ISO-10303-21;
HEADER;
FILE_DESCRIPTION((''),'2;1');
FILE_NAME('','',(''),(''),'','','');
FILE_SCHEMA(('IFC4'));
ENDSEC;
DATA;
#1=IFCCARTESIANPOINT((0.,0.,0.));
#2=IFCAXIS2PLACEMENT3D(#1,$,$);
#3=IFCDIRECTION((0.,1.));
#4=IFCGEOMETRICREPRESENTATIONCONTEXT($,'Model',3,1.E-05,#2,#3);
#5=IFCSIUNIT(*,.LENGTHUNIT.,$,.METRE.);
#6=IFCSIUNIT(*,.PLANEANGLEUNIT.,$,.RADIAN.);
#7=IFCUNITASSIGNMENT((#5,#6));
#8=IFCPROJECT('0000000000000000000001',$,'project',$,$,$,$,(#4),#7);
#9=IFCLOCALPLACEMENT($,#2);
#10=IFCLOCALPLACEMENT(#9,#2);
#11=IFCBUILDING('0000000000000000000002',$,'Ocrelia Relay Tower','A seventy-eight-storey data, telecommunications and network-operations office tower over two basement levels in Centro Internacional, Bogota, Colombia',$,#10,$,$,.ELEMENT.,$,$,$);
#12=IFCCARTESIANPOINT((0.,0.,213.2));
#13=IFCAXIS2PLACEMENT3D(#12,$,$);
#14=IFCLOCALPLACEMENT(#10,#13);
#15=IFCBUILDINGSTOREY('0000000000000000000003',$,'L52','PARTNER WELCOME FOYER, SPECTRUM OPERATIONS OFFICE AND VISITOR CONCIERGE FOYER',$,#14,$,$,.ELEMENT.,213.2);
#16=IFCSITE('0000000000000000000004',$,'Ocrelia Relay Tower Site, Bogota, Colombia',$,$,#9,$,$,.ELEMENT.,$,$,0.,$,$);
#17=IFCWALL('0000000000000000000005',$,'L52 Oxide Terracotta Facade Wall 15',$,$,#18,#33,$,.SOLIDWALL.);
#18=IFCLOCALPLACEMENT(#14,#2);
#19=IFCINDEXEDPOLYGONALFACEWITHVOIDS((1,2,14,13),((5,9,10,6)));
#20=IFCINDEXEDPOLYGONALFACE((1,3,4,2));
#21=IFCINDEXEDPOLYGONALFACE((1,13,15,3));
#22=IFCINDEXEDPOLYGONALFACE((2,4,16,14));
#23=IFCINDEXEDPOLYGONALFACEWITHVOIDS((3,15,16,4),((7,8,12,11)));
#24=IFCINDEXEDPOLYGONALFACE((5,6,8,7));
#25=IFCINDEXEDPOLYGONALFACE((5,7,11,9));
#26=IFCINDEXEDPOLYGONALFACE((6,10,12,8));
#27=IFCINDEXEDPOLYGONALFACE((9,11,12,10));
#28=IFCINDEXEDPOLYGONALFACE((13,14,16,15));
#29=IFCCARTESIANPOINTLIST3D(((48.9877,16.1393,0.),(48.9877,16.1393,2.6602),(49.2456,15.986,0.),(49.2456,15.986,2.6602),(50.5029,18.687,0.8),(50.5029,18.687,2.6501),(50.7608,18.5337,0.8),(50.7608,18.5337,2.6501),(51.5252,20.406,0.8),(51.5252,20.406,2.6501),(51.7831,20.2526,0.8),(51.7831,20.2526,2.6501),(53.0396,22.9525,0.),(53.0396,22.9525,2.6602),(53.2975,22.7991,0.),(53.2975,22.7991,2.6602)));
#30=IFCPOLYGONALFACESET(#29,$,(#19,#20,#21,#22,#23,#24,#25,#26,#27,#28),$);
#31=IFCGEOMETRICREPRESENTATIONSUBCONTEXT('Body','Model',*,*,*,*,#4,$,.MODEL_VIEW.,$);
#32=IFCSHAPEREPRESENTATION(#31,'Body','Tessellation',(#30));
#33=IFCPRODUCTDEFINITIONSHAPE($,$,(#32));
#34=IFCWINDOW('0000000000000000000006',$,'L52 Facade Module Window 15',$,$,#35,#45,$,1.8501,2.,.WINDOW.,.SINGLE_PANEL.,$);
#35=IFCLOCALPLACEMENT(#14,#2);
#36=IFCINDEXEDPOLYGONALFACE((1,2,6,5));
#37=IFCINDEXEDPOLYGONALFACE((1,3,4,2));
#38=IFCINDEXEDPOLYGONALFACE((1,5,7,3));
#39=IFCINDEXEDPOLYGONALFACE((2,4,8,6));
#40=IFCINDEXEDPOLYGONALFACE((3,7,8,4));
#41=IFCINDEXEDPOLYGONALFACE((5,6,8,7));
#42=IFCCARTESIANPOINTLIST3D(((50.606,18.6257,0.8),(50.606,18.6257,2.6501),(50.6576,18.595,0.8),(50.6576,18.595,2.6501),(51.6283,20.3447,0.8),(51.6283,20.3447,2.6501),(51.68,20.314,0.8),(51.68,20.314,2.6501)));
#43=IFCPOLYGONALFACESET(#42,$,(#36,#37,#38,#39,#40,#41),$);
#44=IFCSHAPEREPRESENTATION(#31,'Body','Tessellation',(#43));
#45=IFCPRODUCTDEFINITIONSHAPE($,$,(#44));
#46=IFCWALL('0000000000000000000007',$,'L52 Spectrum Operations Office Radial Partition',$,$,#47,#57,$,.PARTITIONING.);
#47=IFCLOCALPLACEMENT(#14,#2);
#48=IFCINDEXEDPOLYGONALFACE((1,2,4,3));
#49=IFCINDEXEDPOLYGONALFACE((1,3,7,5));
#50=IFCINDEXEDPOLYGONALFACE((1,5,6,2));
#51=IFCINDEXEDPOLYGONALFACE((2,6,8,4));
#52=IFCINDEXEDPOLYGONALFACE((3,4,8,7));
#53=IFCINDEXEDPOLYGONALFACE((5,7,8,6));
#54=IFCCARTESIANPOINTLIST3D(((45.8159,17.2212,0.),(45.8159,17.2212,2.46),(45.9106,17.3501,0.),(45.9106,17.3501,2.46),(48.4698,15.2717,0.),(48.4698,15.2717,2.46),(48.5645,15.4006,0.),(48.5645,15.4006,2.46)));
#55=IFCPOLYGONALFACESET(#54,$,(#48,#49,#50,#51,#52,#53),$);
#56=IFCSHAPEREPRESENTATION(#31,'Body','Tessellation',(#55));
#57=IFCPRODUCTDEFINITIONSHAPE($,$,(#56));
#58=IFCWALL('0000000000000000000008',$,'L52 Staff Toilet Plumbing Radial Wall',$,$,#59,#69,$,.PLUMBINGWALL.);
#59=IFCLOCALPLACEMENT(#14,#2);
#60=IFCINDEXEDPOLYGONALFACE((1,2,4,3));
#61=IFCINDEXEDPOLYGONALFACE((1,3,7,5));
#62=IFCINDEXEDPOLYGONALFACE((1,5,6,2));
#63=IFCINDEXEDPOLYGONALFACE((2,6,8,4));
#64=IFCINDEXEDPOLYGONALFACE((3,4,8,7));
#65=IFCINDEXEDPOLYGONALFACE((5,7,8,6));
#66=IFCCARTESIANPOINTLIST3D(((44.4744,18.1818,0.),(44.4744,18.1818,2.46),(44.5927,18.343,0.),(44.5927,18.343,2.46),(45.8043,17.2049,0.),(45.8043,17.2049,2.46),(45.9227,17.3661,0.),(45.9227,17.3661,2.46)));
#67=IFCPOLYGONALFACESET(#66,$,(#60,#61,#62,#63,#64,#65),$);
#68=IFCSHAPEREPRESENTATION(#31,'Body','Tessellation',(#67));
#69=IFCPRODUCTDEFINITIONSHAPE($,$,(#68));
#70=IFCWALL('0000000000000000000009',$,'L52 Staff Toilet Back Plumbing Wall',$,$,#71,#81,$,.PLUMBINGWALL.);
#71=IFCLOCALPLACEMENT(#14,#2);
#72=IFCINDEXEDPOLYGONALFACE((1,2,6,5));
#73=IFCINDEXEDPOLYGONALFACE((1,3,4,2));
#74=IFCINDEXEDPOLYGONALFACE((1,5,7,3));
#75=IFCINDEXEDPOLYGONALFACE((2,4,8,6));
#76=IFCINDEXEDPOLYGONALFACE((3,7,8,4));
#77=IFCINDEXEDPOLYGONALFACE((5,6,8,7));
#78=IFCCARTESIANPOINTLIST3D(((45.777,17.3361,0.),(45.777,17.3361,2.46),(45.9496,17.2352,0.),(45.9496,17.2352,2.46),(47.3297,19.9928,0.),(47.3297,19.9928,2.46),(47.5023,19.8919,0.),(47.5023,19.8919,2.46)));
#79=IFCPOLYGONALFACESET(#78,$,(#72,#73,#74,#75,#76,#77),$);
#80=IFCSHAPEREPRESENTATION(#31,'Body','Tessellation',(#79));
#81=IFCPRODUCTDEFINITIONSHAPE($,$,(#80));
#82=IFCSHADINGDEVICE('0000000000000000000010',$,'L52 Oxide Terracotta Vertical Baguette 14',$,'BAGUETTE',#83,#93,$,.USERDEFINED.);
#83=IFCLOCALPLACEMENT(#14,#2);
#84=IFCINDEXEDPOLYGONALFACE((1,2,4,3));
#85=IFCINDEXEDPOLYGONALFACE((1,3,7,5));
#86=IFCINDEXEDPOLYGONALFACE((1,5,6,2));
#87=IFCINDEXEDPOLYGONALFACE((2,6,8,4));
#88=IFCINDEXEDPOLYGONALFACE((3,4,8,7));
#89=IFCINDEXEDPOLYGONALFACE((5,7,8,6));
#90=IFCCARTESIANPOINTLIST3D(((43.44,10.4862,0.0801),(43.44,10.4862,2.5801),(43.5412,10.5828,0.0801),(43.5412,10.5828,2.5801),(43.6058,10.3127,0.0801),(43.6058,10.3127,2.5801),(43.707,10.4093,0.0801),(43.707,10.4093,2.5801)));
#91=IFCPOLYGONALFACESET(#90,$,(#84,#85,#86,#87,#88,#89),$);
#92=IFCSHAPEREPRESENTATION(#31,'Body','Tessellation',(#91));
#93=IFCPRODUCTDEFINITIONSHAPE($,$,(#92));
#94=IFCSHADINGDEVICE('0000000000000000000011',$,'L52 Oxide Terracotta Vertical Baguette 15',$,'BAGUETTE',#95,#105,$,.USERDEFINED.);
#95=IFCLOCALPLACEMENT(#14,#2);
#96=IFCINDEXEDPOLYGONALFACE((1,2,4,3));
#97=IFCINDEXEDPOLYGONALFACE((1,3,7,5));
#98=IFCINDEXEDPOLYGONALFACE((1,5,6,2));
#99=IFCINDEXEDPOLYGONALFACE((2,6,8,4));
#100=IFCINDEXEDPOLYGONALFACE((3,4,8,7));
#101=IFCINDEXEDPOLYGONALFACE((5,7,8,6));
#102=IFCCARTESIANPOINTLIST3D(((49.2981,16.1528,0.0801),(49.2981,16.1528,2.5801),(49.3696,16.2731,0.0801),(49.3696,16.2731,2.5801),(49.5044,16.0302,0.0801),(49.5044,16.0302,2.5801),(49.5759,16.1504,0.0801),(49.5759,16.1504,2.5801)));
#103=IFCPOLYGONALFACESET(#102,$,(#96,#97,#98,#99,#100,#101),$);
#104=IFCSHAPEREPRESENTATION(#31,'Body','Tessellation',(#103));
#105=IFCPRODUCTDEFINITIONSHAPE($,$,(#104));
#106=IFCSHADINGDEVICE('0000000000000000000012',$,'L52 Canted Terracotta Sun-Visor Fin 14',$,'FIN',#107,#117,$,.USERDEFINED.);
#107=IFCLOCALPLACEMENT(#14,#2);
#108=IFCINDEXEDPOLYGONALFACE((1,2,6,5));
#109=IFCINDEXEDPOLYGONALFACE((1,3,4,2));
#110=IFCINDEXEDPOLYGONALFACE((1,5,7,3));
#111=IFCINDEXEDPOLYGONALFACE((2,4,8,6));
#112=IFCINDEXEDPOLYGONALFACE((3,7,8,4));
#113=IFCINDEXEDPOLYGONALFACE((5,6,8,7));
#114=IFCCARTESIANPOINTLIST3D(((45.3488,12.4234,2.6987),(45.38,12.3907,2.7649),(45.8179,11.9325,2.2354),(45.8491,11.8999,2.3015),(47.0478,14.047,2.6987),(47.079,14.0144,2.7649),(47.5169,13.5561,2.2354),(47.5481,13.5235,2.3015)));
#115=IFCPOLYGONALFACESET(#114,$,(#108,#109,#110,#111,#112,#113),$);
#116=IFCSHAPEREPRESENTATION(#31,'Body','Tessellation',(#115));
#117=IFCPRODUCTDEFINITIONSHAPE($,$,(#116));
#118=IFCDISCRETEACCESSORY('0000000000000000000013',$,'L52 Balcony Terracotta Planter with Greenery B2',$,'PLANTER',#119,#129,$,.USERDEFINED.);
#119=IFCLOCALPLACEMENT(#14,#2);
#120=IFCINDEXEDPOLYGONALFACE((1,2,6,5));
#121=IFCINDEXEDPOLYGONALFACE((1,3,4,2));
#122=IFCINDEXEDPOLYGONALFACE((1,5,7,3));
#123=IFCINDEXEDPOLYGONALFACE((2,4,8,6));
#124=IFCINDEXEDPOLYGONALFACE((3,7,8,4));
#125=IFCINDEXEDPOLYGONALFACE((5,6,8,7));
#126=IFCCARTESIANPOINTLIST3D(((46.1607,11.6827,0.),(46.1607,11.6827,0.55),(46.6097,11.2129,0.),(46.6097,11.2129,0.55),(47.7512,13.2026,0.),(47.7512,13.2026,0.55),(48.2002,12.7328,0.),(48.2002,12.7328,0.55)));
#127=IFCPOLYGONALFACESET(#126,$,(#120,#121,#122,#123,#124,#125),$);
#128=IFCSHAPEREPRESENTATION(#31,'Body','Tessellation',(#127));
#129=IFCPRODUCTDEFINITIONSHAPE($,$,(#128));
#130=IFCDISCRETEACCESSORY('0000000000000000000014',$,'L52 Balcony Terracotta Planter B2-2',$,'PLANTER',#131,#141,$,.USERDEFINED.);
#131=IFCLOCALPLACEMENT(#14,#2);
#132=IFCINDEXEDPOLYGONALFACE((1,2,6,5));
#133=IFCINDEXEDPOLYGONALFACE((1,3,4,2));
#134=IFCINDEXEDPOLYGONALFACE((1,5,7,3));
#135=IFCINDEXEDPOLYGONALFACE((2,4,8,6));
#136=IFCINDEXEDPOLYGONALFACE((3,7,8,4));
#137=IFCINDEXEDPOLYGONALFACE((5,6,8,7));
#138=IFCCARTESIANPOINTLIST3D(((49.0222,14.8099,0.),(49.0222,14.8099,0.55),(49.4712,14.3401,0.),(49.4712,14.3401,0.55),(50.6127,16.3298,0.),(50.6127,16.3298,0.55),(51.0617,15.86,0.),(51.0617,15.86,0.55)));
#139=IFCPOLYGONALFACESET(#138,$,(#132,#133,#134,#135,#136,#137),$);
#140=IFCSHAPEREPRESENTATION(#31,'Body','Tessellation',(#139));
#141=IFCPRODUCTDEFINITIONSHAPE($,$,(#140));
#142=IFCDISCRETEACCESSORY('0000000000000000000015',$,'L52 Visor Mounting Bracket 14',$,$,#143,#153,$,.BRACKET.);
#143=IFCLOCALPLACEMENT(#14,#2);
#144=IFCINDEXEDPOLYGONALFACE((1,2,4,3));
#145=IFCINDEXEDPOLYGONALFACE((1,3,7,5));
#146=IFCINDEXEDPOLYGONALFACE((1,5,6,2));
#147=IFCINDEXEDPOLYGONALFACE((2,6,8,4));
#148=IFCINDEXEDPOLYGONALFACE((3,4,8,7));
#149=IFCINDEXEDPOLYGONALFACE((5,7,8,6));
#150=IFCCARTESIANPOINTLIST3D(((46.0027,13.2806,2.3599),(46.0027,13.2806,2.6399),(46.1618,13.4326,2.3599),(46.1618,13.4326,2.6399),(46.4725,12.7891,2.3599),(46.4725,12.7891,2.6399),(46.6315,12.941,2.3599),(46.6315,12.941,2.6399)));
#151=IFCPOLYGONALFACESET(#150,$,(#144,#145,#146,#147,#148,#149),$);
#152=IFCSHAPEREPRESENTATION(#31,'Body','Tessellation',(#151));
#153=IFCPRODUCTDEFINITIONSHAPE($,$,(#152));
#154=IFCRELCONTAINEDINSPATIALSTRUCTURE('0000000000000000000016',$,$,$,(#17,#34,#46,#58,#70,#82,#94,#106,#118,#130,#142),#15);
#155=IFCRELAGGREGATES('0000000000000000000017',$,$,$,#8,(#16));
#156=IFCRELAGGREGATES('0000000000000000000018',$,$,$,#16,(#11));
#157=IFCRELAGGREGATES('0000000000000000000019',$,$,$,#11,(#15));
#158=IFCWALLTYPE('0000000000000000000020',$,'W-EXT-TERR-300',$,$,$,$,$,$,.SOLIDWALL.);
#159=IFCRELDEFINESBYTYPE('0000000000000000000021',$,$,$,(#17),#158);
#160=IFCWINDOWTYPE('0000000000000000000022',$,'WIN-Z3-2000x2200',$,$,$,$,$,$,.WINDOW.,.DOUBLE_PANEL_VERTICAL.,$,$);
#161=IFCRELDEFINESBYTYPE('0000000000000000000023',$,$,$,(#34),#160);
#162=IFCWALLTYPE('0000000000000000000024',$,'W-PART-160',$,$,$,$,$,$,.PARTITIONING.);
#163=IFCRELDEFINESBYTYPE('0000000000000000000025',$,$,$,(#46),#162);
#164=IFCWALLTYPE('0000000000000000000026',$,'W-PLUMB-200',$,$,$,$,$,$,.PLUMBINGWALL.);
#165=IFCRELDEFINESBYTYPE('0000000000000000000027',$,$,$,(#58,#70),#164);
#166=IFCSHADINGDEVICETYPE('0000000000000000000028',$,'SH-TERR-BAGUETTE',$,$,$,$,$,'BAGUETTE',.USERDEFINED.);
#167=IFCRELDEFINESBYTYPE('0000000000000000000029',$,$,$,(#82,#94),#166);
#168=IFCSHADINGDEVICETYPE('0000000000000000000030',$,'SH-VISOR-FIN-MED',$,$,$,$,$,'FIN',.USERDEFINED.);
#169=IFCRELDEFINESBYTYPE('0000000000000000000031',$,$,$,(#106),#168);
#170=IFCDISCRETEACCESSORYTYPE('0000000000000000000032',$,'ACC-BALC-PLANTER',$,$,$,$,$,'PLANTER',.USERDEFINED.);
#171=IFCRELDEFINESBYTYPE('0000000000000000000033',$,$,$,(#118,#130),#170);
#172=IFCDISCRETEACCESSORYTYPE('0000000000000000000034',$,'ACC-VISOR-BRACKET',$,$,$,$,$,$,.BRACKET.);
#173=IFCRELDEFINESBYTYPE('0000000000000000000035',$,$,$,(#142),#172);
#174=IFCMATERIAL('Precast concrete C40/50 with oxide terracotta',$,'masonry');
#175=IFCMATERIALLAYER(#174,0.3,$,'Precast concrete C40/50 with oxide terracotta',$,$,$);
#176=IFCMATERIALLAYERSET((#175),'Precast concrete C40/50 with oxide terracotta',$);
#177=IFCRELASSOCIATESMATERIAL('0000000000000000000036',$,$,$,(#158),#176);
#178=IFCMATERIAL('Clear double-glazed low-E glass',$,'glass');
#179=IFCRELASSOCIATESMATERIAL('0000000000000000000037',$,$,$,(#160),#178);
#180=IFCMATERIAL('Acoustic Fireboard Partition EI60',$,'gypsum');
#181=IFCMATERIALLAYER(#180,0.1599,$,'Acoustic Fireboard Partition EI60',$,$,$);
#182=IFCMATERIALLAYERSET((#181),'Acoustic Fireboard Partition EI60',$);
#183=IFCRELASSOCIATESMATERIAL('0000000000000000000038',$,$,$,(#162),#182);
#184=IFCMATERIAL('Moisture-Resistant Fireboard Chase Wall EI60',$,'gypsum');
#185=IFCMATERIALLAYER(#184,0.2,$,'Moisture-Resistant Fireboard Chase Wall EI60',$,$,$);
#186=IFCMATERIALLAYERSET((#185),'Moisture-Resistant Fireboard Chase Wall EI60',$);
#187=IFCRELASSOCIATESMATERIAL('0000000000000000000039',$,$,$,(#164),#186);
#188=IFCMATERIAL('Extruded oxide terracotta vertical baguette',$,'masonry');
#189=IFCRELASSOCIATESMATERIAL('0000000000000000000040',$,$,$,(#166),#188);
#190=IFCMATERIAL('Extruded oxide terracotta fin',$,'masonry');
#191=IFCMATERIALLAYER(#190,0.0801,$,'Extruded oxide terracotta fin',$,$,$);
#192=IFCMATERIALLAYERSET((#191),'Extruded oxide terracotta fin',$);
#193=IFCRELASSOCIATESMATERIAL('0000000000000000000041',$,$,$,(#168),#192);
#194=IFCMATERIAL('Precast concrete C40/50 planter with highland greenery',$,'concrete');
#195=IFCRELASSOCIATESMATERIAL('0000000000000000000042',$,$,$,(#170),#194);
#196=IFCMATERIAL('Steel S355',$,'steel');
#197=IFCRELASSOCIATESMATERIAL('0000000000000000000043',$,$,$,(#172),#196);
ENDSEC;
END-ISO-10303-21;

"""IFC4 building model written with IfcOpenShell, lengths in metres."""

from ifc_helpers import new_model, si_unit, direction, frame, frame_2d, origin, origin_2d, place, context, subcontext, project, spatial, rectangle, extrude, material, layer, layer_set, type_object, element, fill, save


model = new_model("IFC4")

# Units and contexts
model_context = context("Model", 3, precision=1e-05, world=origin(), true_north=direction((0.0, 1.0)))
body_context = subcontext(model_context, "Body", "Model", "MODEL_VIEW")
ifc_project = project(units=[si_unit("LENGTHUNIT", "METRE"), si_unit("PLANEANGLEUNIT", "RADIAN")], contexts=[model_context])

# Site, building, storey
site_placement = place(None, origin())
site = spatial("IfcSite", under=ifc_project, at=site_placement, Name="Ocrelia Relay Tower Site, Bogota, Colombia", CompositionType="ELEMENT", RefElevation=0.0)
building_placement = place(site_placement, origin())
building = spatial("IfcBuilding", under=site, at=building_placement, Name="Ocrelia Relay Tower", Description="A seventy-eight-storey data, telecommunications and network-operations office tower over two basement levels in Centro Internacional, Bogota, Colombia", CompositionType="ELEMENT")
storey_placement = place(building_placement, frame((0.0, 0.0, 213.2)))
storey = spatial("IfcBuildingStorey", under=building, at=storey_placement, Name="L52", Description="PARTNER WELCOME FOYER, SPECTRUM OPERATIONS OFFICE AND VISITOR CONCIERGE FOYER", CompositionType="ELEMENT", Elevation=213.2)

# Shared definitions
ifc_material_1 = material(Name="Steel S355", Category="steel")

# Wall, opening, window
ifc_material_2 = material(Name="Precast concrete C40/50 with oxide terracotta", Category="masonry")
ifc_layer_1 = layer(ifc_material_2, 0.3, Name="Precast concrete C40/50 with oxide terracotta")
ifc_layer_set_1 = layer_set([ifc_layer_1], Name="Precast concrete C40/50 with oxide terracotta")
wall_type_1 = type_object("IfcWallType", Name="W-EXT-TERR-300", PredefinedType="SOLIDWALL", material=ifc_layer_set_1)
wall_1_placement = place(storey_placement, frame((49.1167, 16.0627, 0.0), z_axis=(0.0, 0.0, 1.0), x_axis=(0.511158, 0.859487, 0.0)))
wall_1 = element("IfcWall", 1, at=wall_1_placement, inside=storey, type_object=wall_type_1, Name="L52 Oxide Terracotta Facade Wall 15", PredefinedType="SOLIDWALL", context=body_context, shape_type="SweptSolid", body=[
    extrude(rectangle(XDim=7.927, YDim=0.3, at=frame_2d((3.9634, 0.0))), origin(), (0.0, 0.0, 1.0), 2.6602),
])
opening_1_placement = place(wall_1_placement, frame((2.9641, 0.0, 0.8)))
opening_1 = element("IfcOpeningElement", 2, at=opening_1_placement, cuts=wall_1, PredefinedType="OPENING", context=body_context, shape_type="SweptSolid", body=[
    extrude(rectangle(XDim=2.0, YDim=1.8501, at=frame_2d((1.0, 0.925))), frame((0.0, 0.1602, 0.0), z_axis=(0.0, -1.0, 0.0), x_axis=(1.0, 0.0, 0.0)), (0.0, 0.0, 1.0), 0.3201),
])
ifc_material_3 = material(Name="Clear double-glazed low-E glass", Category="glass")
window_type = type_object("IfcWindowType", Name="WIN-Z3-2000x2200", PartitioningType="DOUBLE_PANEL_VERTICAL", PredefinedType="WINDOW", material=ifc_material_3)
window_placement = place(opening_1_placement, origin())
window = element("IfcWindow", 3, at=window_placement, inside=storey, type_object=window_type, Name="L52 Facade Module Window 15", OverallHeight=1.8501, OverallWidth=2.0, PartitioningType="SINGLE_PANEL", PredefinedType="WINDOW", context=body_context, shape_type="SweptSolid", body=[
    extrude(rectangle(XDim=2.0, YDim=1.8501, at=frame_2d((1.0, 0.925))), frame((0.0, 0.03, 0.0), z_axis=(0.0, -1.0, 0.0), x_axis=(1.0, 0.0, 0.0)), (0.0, 0.0, 1.0), 0.0601),
])
fill(opening_1, window)

# Walls
ifc_material_4 = material(Name="Acoustic Fireboard Partition EI60", Category="gypsum")
ifc_layer_2 = layer(ifc_material_4, 0.1599, Name="Acoustic Fireboard Partition EI60")
ifc_layer_set_2 = layer_set([ifc_layer_2], Name="Acoustic Fireboard Partition EI60")
wall_type_2 = type_object("IfcWallType", Name="W-PART-160", PredefinedType="PARTITIONING", material=ifc_layer_set_2)
wall_2_placement = place(storey_placement, frame((45.8633, 17.2856, 0.0), z_axis=(0.0, 0.0, 1.0), x_axis=(0.805922, -0.592022, 0.0)))
element("IfcWall", 4, at=wall_2_placement, inside=storey, type_object=wall_type_2, Name="L52 Spectrum Operations Office Radial Partition", PredefinedType="PARTITIONING", context=body_context, shape_type="SweptSolid", body=[
    extrude(rectangle(XDim=3.293, YDim=0.1599, at=frame_2d((1.6465, 0.0))), origin(), (0.0, 0.0, 1.0), 2.46),
])
ifc_material_5 = material(Name="Moisture-Resistant Fireboard Chase Wall EI60", Category="gypsum")
ifc_layer_3 = layer(ifc_material_5, 0.2, Name="Moisture-Resistant Fireboard Chase Wall EI60")
ifc_layer_set_3 = layer_set([ifc_layer_3], Name="Moisture-Resistant Fireboard Chase Wall EI60")
wall_type_3 = type_object("IfcWallType", Name="W-PLUMB-200", PredefinedType="PLUMBINGWALL", material=ifc_layer_set_3)
wall_3_placement = place(storey_placement, frame((44.5334, 18.2625, 0.0), z_axis=(0.0, 0.0, 1.0), x_axis=(0.805944, -0.591992, 0.0)))
element("IfcWall", 5, at=wall_3_placement, inside=storey, type_object=wall_type_3, Name="L52 Staff Toilet Plumbing Radial Wall", PredefinedType="PLUMBINGWALL", context=body_context, shape_type="SweptSolid", body=[
    extrude(rectangle(XDim=1.6501, YDim=0.2, at=frame_2d((0.8252, 0.0))), origin(), (0.0, 0.0, 1.0), 2.46),
])
wall_4_placement = place(storey_placement, frame((45.8633, 17.2856, 0.0), z_axis=(0.0, 0.0, 1.0), x_axis=(0.504591, 0.863358, 0.0)))
element("IfcWall", 6, at=wall_4_placement, inside=storey, type_object=wall_type_3, Name="L52 Staff Toilet Back Plumbing Wall", PredefinedType="PLUMBINGWALL", context=body_context, shape_type="SweptSolid", body=[
    extrude(rectangle(XDim=3.0771, YDim=0.2, at=frame_2d((1.5386, 0.0))), origin(), (0.0, 0.0, 1.0), 2.46),
])

# Shading devices
ifc_material_6 = material(Name="Extruded oxide terracotta vertical baguette", Category="masonry")
shading_device_type_1 = type_object("IfcShadingDeviceType", Name="SH-TERR-BAGUETTE", ElementType="BAGUETTE", PredefinedType="USERDEFINED", material=ifc_material_6)
for number, where, z_axis, x_axis, name in (
    (7, (43.5735, 10.4478, 0.0801), (0.0, 0.0, 1.0), (0.72297, 0.690879, 0.0), "L52 Oxide Terracotta Vertical Baguette 14"),
    (8, (49.437, 16.1516, 0.0801), (0.0, 0.0, 1.0), (0.511169, 0.85948, 0.0), "L52 Oxide Terracotta Vertical Baguette 15"),
):
    element("IfcShadingDevice", number, at=place(storey_placement, frame(where, z_axis=z_axis, x_axis=x_axis)), inside=storey, type_object=shading_device_type_1, Name=name, ObjectType="BAGUETTE", PredefinedType="USERDEFINED", context=body_context, shape_type="SweptSolid", body=[
        extrude(rectangle(XDim=0.1399, YDim=0.24, at=origin_2d()), origin(), (0.0, 0.0, 1.0), 2.5),
    ])
ifc_material_7 = material(Name="Extruded oxide terracotta fin", Category="masonry")
ifc_layer_4 = layer(ifc_material_7, 0.0801, Name="Extruded oxide terracotta fin")
ifc_layer_set_4 = layer_set([ifc_layer_4], Name="Extruded oxide terracotta fin")
shading_device_type_2 = type_object("IfcShadingDeviceType", Name="SH-VISOR-FIN-MED", ElementType="FIN", PredefinedType="USERDEFINED", material=ifc_layer_set_4)
shading_device_placement = place(storey_placement, frame((46.4329, 12.9897, 2.467), z_axis=(0.389428, -0.407517, 0.826), x_axis=(0.72297, 0.690879, 0.0)))
element("IfcShadingDevice", 9, at=shading_device_placement, inside=storey, type_object=shading_device_type_2, Name="L52 Canted Terracotta Sun-Visor Fin 14", ObjectType="FIN", PredefinedType="USERDEFINED", context=body_context, shape_type="SweptSolid", body=[
    extrude(rectangle(XDim=2.3501, YDim=0.822, at=origin_2d()), origin(), (0.0, 0.0, 1.0), 0.0801),
])

# Discrete accessories
ifc_material_8 = material(Name="Precast concrete C40/50 planter with highland greenery", Category="concrete")
discrete_accessory_type_1 = type_object("IfcDiscreteAccessoryType", Name="ACC-BALC-PLANTER", ElementType="PLANTER", PredefinedType="USERDEFINED", material=ifc_material_8)
for number, where, z_axis, x_axis, name in (
    (10, (47.1804, 12.2078, 0.0), (0.0, 0.0, 1.0), (-0.72297, -0.690879, 0.0), "L52 Balcony Terracotta Planter with Greenery B2"),
    (11, (50.042, 15.335, 0.0), (0.0, 0.0, 1.0), (-0.72297, -0.690879, 0.0), "L52 Balcony Terracotta Planter B2-2"),
):
    element("IfcDiscreteAccessory", number, at=place(storey_placement, frame(where, z_axis=z_axis, x_axis=x_axis)), inside=storey, type_object=discrete_accessory_type_1, Name=name, ObjectType="PLANTER", PredefinedType="USERDEFINED", context=body_context, shape_type="SweptSolid", body=[
        extrude(rectangle(XDim=2.2, YDim=0.6499, at=origin_2d()), origin(), (0.0, 0.0, 1.0), 0.55),
    ])
discrete_accessory_type_2 = type_object("IfcDiscreteAccessoryType", Name="ACC-VISOR-BRACKET", PredefinedType="BRACKET", material=ifc_material_1)
discrete_accessory_placement = place(storey_placement, frame((46.3171, 13.1108, 2.3599), z_axis=(0.0, 0.0, 1.0), x_axis=(0.72297, 0.690879, 0.0)))
element("IfcDiscreteAccessory", 12, at=discrete_accessory_placement, inside=storey, type_object=discrete_accessory_type_2, Name="L52 Visor Mounting Bracket 14", PredefinedType="BRACKET", context=body_context, shape_type="SweptSolid", body=[
    extrude(rectangle(XDim=0.22, YDim=0.6799, at=origin_2d()), origin(), (0.0, 0.0, 1.0), 0.28),
])

save(model, "model.ifc")
